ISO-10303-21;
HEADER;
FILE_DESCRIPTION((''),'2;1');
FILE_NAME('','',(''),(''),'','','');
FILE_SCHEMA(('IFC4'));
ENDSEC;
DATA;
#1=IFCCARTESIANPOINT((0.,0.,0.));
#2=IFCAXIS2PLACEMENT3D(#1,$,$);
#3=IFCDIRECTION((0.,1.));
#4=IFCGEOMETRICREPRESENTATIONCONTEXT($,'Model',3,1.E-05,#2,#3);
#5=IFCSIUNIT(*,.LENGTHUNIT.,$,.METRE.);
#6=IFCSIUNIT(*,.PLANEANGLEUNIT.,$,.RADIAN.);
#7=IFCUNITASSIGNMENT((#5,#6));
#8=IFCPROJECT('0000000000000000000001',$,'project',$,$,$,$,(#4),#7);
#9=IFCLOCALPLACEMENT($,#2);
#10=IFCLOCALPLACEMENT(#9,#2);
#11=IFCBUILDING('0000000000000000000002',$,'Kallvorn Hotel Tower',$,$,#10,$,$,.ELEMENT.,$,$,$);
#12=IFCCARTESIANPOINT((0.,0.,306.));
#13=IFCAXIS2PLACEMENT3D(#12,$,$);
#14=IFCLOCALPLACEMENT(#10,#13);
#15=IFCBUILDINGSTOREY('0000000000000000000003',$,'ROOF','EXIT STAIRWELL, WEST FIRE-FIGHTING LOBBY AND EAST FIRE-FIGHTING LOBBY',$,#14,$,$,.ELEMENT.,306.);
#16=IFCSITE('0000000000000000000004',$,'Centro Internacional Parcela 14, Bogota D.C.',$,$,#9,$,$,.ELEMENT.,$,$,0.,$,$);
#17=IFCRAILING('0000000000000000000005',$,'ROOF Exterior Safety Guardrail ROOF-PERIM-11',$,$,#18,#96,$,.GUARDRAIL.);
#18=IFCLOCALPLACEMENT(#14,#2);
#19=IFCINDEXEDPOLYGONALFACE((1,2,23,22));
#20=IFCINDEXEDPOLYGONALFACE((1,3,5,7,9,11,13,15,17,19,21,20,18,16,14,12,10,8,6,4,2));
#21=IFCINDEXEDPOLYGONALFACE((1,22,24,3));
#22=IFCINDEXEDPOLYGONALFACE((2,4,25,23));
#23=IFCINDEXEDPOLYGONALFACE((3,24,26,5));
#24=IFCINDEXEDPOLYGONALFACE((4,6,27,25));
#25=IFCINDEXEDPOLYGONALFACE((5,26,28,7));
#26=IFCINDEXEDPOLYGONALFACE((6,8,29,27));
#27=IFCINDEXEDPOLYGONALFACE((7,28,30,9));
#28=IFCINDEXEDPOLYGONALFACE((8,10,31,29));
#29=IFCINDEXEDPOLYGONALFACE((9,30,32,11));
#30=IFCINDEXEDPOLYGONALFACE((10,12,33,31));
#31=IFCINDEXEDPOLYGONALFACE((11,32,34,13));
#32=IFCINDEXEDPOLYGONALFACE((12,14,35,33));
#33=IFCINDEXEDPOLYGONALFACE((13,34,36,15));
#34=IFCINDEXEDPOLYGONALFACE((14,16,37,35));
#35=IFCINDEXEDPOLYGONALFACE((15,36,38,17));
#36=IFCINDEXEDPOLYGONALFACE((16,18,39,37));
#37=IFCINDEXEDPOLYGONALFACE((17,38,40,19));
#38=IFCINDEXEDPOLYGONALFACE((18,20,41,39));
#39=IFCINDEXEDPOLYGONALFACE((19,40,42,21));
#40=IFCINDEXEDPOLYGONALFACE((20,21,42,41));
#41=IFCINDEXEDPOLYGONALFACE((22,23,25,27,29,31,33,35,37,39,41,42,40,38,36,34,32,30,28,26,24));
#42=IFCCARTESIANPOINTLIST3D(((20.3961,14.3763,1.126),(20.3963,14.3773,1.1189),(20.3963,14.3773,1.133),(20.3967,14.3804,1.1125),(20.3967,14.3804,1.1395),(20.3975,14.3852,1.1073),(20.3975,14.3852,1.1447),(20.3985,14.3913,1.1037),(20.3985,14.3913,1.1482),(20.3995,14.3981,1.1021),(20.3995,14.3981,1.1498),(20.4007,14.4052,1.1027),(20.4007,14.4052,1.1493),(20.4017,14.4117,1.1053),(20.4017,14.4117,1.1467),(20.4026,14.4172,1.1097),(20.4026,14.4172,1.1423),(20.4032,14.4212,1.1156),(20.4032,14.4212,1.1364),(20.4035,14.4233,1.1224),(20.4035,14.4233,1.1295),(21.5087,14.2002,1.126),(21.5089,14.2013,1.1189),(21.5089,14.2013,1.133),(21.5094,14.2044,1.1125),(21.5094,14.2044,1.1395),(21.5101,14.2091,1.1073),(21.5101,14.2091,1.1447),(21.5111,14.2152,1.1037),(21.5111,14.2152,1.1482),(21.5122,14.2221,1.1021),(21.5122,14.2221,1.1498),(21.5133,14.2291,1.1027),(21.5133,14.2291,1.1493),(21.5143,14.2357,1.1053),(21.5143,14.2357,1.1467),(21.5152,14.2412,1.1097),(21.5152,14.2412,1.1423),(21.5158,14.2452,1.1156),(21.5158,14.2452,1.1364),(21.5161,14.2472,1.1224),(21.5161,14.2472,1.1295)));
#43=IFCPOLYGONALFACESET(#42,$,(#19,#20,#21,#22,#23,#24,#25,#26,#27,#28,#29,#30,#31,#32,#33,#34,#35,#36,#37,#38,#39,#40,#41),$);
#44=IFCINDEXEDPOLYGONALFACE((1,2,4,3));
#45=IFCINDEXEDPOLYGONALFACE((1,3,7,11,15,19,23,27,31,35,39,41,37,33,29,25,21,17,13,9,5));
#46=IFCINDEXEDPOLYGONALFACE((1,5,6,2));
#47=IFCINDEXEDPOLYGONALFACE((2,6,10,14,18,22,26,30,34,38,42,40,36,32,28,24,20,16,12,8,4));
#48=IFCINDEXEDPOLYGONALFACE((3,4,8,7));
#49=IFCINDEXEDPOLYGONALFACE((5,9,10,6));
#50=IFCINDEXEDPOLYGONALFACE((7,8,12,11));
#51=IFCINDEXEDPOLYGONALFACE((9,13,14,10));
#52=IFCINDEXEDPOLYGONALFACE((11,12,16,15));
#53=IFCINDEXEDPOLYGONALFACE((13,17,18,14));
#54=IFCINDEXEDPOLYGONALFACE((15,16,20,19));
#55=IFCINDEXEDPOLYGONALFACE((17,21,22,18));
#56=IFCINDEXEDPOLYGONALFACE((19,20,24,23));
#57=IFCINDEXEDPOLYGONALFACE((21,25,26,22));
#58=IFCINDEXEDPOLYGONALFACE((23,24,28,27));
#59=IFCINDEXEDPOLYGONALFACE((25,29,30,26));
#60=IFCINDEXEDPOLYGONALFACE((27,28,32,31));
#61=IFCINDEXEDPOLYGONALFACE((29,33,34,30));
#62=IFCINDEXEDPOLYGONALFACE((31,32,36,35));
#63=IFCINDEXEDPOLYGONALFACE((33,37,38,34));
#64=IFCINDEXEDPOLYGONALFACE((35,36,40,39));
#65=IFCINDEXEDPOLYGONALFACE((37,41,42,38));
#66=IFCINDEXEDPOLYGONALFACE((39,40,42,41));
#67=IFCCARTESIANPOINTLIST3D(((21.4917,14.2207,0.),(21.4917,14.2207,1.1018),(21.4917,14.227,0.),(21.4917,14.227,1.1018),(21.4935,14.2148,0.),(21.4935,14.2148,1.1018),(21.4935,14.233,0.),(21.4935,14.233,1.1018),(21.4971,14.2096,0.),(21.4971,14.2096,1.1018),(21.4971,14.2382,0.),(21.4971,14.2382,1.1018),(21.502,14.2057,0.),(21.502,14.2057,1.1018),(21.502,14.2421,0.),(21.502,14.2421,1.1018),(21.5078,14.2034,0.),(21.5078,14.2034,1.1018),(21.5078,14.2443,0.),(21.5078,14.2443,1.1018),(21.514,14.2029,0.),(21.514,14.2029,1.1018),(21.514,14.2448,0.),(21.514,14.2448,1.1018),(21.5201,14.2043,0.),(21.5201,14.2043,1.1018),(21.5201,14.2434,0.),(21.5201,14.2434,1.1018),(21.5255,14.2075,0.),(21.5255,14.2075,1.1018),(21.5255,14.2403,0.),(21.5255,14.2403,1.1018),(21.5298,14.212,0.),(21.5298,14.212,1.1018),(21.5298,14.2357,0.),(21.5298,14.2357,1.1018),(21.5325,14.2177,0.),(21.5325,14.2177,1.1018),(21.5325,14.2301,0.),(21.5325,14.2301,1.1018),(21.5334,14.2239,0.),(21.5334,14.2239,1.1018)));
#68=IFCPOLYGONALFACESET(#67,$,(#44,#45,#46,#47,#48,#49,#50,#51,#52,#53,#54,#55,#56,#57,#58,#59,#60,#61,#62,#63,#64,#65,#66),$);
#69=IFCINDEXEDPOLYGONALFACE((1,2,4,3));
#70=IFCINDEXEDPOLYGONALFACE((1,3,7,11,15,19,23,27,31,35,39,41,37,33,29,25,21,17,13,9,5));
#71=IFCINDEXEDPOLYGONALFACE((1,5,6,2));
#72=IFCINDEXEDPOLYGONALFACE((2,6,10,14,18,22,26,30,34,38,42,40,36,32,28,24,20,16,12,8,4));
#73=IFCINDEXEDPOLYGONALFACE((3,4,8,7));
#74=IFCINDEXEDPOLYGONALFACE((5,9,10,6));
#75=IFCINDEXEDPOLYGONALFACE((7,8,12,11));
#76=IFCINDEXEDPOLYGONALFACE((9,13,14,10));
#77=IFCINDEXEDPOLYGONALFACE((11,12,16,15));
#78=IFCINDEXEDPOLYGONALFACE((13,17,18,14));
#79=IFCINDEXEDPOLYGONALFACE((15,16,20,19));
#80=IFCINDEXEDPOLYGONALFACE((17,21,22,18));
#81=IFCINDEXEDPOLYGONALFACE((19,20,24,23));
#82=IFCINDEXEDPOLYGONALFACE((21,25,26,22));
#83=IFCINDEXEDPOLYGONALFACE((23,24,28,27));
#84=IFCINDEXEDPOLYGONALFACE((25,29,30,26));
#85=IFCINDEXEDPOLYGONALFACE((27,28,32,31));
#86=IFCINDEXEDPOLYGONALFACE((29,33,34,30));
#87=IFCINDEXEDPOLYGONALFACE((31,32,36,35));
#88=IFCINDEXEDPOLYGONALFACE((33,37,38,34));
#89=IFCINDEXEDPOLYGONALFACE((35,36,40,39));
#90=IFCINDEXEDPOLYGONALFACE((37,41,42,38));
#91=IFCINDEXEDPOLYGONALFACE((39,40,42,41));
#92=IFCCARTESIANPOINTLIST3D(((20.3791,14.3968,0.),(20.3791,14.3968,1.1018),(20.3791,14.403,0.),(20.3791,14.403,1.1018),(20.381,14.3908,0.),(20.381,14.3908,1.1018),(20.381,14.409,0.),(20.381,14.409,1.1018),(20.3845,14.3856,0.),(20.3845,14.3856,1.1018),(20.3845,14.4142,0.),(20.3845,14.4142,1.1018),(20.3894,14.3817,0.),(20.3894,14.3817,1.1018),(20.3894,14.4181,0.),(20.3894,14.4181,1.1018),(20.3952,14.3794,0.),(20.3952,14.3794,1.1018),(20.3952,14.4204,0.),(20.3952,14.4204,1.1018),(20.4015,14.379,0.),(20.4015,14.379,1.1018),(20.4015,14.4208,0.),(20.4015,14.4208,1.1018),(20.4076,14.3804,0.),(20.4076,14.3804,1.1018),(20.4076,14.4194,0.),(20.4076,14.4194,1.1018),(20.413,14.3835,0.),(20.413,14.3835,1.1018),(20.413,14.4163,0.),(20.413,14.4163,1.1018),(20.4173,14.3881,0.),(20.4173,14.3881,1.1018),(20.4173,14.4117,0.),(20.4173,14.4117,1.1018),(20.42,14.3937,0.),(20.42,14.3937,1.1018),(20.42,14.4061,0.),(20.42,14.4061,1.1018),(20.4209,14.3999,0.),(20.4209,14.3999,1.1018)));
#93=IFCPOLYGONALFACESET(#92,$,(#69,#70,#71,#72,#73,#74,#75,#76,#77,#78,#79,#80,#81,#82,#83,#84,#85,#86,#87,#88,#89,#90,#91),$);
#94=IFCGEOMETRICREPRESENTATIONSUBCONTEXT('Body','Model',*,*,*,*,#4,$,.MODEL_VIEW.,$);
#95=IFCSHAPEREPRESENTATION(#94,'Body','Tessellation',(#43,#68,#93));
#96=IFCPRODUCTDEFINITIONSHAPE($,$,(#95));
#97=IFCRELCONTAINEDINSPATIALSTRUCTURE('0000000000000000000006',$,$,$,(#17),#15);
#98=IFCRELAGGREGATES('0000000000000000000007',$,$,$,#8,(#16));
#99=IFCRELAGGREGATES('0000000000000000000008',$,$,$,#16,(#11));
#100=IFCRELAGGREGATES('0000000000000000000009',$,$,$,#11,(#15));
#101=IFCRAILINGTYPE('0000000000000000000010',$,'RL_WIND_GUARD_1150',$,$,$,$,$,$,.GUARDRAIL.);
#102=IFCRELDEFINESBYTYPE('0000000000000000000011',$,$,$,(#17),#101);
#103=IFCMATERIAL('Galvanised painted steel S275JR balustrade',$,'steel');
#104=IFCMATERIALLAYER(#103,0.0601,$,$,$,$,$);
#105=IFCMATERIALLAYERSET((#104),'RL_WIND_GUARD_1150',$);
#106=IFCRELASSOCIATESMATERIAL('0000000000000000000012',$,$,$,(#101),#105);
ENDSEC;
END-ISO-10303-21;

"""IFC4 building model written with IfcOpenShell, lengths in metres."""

from ifc_helpers import new_model, si_unit, direction, frame, origin, origin_2d, place, context, subcontext, project, spatial, circle, extrude, material, layer, layer_set, type_object, element, save


model = new_model("IFC4")

# Units and contexts
model_context = context("Model", 3, precision=1e-05, world=origin(), true_north=direction((0.0, 1.0)))
body_context = subcontext(model_context, "Body", "Model", "MODEL_VIEW")
ifc_project = project(units=[si_unit("LENGTHUNIT", "METRE"), si_unit("PLANEANGLEUNIT", "RADIAN")], contexts=[model_context])

# Site, building, storey
site_placement = place(None, origin())
site = spatial("IfcSite", under=ifc_project, at=site_placement, Name="Centro Internacional Parcela 14, Bogota D.C.", CompositionType="ELEMENT", RefElevation=0.0)
building_placement = place(site_placement, origin())
building = spatial("IfcBuilding", under=site, at=building_placement, Name="Kallvorn Hotel Tower", CompositionType="ELEMENT")
storey_placement = place(building_placement, frame((0.0, 0.0, 306.0)))
storey = spatial("IfcBuildingStorey", under=building, at=storey_placement, Name="ROOF", Description="EXIT STAIRWELL, WEST FIRE-FIGHTING LOBBY AND EAST FIRE-FIGHTING LOBBY", CompositionType="ELEMENT", Elevation=306.0)

# Railing
ifc_material_1 = material(Name="Galvanised painted steel S275JR balustrade", Category="steel")
ifc_layer_1 = layer(ifc_material_1, 0.0601)
ifc_layer_set_1 = layer_set([ifc_layer_1], Name="RL_WIND_GUARD_1150")
railing_type = type_object("IfcRailingType", Name="RL_WIND_GUARD_1150", PredefinedType="GUARDRAIL", material=ifc_layer_set_1)
railing_1_placement = place(storey_placement, frame((21.5125, 14.2239, 0.0)))
element("IfcRailing", 1, at=railing_1_placement, inside=storey, type_object=railing_type, Name="ROOF Exterior Safety Guardrail ROOF-PERIM-11", PredefinedType="GUARDRAIL", context=body_context, shape_type="SweptSolid", body=[
    extrude(circle(Radius=0.0239, at=origin_2d()), frame((0.0, 0.0, 1.126), z_axis=(-0.987714, 0.156274, 0.0), x_axis=(-0.156274, -0.987714, 0.0)), (0.0, 0.0, 1.0), 1.1265),
    extrude(circle(Radius=0.021, at=origin_2d()), origin(), (0.0, 0.0, 1.0), 1.1018),
    extrude(circle(Radius=0.021, at=origin_2d()), frame((-1.1125, 0.176, 0.0)), (0.0, 0.0, 1.0), 1.1018),
])

save(model, "model.ifc")
